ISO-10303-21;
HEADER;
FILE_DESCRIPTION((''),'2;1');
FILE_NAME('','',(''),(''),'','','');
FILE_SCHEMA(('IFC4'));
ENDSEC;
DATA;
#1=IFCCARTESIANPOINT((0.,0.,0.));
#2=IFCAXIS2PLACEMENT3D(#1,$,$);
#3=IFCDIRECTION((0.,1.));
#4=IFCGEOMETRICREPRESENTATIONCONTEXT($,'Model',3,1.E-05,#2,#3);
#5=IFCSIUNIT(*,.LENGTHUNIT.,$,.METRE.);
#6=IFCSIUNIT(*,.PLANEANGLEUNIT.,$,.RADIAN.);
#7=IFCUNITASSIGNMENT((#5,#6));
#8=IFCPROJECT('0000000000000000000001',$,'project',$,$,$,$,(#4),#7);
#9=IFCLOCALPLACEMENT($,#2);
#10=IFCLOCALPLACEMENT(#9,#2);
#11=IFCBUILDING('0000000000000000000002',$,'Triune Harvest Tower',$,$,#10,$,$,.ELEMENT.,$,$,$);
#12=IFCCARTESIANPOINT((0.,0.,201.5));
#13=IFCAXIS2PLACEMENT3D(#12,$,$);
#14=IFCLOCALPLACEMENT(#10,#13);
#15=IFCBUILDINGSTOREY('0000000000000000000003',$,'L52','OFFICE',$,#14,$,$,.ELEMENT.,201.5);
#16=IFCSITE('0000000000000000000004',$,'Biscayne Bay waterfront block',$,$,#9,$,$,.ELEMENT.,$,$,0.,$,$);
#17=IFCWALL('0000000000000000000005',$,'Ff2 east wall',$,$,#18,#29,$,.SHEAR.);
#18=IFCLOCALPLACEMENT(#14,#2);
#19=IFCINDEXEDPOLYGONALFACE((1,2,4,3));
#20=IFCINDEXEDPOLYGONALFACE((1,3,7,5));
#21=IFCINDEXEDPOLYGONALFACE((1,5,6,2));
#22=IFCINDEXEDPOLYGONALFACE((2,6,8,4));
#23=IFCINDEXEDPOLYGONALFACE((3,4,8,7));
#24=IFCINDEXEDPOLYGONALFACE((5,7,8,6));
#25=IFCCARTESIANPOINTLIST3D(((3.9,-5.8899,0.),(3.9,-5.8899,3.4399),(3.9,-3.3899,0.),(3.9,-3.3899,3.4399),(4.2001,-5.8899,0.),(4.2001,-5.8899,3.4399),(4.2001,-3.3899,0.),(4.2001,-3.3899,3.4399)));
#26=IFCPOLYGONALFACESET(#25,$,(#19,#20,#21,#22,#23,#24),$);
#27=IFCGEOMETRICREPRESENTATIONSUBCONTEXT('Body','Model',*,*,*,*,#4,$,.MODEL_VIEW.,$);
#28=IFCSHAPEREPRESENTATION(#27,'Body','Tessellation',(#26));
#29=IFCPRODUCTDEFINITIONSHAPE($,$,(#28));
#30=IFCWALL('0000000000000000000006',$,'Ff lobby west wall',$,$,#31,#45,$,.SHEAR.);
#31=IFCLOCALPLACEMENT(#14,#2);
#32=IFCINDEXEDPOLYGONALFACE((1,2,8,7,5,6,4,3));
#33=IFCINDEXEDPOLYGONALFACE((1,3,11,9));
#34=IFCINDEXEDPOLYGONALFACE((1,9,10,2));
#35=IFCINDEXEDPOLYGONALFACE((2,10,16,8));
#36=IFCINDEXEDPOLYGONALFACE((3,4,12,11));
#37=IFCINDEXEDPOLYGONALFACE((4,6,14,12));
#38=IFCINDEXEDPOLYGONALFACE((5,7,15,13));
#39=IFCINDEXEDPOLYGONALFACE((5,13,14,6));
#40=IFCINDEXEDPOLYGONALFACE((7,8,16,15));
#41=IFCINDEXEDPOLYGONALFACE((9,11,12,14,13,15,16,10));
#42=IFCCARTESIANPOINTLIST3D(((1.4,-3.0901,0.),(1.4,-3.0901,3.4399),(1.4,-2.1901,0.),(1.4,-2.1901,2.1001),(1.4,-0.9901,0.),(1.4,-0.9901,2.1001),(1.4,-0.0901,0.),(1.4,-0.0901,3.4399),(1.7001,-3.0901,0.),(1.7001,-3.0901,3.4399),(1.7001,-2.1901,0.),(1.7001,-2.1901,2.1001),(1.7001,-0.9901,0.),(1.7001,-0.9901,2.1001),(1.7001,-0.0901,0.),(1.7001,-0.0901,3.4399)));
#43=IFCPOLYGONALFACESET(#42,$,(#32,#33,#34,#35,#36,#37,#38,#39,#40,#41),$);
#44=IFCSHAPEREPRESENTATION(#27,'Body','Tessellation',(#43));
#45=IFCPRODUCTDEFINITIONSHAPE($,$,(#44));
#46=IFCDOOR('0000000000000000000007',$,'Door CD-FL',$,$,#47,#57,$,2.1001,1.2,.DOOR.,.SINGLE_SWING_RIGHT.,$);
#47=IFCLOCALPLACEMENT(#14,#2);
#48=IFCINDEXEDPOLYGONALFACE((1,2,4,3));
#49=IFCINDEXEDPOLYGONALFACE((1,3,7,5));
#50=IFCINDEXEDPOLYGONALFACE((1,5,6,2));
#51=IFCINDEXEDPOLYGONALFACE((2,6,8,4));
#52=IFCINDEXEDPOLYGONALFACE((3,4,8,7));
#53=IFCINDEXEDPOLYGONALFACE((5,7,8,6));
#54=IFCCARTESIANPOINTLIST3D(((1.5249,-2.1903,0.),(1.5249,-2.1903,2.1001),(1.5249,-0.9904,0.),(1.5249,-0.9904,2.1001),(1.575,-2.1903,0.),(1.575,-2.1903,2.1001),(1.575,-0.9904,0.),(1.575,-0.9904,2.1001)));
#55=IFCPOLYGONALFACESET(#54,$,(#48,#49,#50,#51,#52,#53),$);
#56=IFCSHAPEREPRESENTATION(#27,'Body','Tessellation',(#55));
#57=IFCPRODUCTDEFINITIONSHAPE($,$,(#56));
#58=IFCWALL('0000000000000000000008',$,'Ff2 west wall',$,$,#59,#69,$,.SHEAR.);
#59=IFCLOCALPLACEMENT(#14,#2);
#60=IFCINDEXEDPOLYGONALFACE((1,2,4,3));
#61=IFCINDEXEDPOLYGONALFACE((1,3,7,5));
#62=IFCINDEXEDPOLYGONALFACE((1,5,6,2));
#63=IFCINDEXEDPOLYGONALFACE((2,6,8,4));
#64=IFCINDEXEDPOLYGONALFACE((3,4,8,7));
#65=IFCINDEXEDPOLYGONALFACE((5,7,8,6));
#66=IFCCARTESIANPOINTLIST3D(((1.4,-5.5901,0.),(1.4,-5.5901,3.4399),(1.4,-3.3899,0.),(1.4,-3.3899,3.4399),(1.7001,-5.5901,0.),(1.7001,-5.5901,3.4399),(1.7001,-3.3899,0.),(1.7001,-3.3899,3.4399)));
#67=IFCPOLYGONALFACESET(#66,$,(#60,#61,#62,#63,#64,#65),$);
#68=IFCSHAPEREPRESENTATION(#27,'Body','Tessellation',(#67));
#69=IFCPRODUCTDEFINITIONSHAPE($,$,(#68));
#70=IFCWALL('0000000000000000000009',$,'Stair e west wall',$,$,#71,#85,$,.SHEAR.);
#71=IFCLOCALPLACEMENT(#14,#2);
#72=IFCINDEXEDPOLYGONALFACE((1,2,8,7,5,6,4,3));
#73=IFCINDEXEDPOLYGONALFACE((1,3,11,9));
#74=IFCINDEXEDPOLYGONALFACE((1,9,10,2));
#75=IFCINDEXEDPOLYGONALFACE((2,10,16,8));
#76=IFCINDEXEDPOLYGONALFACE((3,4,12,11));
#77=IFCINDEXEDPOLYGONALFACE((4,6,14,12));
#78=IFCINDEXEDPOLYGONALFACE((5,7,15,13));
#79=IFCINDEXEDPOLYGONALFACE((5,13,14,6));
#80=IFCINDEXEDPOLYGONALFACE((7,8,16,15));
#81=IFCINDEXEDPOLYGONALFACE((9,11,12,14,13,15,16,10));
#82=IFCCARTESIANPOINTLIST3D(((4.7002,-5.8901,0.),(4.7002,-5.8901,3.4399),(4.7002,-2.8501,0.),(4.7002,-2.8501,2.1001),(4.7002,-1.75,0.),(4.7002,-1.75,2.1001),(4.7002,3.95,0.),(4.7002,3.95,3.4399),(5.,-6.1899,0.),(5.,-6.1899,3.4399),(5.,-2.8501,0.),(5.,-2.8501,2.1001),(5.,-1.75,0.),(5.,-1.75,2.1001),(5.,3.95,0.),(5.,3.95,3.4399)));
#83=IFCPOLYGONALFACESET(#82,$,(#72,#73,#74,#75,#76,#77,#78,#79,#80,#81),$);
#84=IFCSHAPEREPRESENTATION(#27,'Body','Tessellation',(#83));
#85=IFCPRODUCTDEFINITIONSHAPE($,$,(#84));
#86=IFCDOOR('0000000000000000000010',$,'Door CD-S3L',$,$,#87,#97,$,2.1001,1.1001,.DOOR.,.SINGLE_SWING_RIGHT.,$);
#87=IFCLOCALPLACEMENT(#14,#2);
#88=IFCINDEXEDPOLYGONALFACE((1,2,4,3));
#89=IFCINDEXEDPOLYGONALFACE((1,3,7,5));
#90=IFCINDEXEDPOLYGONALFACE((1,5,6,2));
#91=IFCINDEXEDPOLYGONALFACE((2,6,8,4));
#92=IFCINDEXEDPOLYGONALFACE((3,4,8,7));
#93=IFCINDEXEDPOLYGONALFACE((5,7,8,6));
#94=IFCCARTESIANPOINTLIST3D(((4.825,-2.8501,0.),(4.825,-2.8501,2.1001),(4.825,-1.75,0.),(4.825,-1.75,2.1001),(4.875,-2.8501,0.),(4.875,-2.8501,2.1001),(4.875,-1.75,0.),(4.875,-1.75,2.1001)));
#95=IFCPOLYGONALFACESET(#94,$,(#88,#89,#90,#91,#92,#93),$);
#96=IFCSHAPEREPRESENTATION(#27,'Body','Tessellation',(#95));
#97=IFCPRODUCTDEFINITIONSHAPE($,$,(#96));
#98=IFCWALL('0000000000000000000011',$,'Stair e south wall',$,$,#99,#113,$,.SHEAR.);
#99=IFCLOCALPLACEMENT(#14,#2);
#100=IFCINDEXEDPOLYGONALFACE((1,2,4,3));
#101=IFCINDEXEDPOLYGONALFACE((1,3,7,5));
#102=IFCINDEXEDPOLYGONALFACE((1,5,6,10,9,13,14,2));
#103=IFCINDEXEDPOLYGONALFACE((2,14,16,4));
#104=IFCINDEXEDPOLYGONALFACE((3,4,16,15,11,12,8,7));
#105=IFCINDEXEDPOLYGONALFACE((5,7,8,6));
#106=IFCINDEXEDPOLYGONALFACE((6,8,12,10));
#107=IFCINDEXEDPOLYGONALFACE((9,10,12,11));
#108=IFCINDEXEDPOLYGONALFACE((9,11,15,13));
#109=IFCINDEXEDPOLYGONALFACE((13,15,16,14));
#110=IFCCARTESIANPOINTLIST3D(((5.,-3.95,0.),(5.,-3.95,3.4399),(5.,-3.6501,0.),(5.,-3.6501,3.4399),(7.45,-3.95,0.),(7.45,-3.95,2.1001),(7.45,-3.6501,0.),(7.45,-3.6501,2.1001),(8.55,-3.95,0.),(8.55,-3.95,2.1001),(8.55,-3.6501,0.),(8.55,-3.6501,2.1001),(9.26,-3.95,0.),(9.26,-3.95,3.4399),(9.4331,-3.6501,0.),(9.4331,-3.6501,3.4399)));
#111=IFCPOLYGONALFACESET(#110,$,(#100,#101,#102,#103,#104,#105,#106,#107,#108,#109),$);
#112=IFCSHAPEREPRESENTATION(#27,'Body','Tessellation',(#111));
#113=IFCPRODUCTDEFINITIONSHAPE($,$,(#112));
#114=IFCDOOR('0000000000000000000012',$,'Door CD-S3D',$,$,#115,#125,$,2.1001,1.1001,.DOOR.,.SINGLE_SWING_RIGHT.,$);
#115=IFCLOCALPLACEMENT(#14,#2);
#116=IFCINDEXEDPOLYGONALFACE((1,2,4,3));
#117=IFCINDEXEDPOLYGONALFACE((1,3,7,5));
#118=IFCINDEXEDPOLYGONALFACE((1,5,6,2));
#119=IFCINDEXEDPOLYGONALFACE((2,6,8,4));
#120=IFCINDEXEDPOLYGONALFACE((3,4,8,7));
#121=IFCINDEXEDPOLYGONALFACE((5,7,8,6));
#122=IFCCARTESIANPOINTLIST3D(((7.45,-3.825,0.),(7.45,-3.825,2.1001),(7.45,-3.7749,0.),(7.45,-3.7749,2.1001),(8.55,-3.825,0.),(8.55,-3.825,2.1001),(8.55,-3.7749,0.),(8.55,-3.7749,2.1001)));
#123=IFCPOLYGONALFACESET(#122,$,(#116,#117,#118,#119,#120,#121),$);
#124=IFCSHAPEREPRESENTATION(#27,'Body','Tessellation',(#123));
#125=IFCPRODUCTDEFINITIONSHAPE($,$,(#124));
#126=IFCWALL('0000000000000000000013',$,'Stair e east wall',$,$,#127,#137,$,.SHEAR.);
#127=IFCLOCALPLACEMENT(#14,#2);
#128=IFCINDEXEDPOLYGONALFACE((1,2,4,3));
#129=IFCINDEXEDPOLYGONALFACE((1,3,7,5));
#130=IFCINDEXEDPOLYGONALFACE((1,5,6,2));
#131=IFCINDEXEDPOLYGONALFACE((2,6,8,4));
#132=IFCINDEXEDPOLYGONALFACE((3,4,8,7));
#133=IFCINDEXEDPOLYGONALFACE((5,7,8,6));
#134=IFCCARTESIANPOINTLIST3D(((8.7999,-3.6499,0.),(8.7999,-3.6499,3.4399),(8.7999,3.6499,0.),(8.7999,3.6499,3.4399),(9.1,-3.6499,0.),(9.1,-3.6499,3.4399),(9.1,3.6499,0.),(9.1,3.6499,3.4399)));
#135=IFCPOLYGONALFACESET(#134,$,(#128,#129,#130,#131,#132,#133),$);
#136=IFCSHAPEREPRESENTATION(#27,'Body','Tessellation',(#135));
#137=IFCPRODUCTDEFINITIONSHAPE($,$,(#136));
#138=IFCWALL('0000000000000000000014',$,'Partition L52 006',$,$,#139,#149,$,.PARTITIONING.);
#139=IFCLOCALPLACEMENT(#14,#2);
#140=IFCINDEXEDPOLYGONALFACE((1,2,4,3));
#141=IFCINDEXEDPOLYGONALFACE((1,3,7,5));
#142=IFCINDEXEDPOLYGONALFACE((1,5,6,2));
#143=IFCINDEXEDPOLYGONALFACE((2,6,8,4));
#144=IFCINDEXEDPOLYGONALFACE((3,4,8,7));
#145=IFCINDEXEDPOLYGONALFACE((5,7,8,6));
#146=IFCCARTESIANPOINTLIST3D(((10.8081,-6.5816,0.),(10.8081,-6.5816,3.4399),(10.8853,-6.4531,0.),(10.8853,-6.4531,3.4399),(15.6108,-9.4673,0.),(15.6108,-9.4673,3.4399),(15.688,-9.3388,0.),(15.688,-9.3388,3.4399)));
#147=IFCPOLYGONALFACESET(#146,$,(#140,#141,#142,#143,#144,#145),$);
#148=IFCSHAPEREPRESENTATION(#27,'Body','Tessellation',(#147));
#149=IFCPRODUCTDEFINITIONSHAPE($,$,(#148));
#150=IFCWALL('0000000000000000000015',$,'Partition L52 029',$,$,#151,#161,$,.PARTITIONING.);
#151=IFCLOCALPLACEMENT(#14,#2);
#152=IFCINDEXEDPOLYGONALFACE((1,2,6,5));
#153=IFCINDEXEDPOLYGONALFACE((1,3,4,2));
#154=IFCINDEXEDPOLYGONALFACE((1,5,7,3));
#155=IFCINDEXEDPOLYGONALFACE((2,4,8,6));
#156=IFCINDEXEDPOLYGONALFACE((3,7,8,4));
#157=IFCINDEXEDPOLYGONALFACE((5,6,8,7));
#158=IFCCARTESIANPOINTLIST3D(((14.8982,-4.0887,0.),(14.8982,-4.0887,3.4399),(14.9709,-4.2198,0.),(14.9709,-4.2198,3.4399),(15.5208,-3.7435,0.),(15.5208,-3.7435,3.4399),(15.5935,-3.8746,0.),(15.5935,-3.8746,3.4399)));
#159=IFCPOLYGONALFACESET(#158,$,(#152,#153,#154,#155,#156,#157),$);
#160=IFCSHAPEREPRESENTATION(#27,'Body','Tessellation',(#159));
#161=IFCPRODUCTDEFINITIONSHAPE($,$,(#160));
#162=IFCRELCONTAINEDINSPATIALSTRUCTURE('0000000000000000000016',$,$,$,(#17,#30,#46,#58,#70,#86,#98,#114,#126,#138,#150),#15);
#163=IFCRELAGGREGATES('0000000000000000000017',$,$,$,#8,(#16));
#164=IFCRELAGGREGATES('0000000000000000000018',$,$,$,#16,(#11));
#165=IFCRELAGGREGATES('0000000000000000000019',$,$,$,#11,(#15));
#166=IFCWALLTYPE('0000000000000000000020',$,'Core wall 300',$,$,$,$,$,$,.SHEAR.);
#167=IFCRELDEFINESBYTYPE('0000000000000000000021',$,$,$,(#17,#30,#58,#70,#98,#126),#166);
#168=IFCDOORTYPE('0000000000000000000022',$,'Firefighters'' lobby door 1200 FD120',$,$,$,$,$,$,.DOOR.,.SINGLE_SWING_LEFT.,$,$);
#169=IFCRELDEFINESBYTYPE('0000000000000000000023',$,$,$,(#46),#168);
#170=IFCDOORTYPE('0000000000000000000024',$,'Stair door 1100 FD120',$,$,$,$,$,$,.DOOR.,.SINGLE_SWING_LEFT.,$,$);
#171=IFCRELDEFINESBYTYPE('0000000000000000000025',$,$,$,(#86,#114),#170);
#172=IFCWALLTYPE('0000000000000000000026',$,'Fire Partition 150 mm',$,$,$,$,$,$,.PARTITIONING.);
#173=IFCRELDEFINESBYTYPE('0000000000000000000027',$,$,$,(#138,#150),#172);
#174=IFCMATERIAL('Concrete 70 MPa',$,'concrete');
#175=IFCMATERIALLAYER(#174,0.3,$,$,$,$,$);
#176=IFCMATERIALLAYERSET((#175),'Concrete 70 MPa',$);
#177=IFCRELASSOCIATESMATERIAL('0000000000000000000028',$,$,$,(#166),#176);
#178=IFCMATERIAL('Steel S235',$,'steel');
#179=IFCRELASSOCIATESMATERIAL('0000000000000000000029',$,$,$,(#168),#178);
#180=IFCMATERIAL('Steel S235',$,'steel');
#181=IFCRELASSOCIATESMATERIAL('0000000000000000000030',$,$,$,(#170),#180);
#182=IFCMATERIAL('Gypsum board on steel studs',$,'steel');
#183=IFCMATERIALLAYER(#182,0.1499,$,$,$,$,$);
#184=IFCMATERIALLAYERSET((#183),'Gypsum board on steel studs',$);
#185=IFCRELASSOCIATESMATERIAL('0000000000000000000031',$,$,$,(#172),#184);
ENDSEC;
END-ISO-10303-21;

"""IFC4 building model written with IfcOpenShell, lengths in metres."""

from ifc_helpers import new_model, si_unit, direction, frame, frame_2d, origin, place, context, subcontext, project, spatial, polyline, rectangle, outline, extrude, source, transform, mapped, material, layer, layer_set, type_object, element, fill, save


model = new_model("IFC4")

# Units and contexts
model_context = context("Model", 3, precision=1e-05, world=origin(), true_north=direction((0.0, 1.0)))
body_context = subcontext(model_context, "Body", "Model", "MODEL_VIEW")
ifc_project = project(units=[si_unit("LENGTHUNIT", "METRE"), si_unit("PLANEANGLEUNIT", "RADIAN")], contexts=[model_context])

# Site, building, storey
site_placement = place(None, origin())
site = spatial("IfcSite", under=ifc_project, at=site_placement, Name="Biscayne Bay waterfront block", CompositionType="ELEMENT", RefElevation=0.0)
building_placement = place(site_placement, origin())
building = spatial("IfcBuilding", under=site, at=building_placement, Name="Triune Harvest Tower", CompositionType="ELEMENT")
storey_placement = place(building_placement, frame((0.0, 0.0, 201.5)))
storey = spatial("IfcBuildingStorey", under=building, at=storey_placement, Name="L52", Description="OFFICE", CompositionType="ELEMENT", Elevation=201.5)

# Wall
ifc_material_1 = material(Name="Concrete 70 MPa", Category="concrete")
ifc_layer_1 = layer(ifc_material_1, 0.3)
ifc_layer_set_1 = layer_set([ifc_layer_1], Name="Concrete 70 MPa")
wall_type_1 = type_object("IfcWallType", Name="Core wall 300", PredefinedType="SHEAR", material=ifc_layer_set_1)
shared_shape_1 = source(origin(), body_context, "Body", "SweptSolid", [
    extrude(rectangle(XDim=2.5, YDim=0.3, at=frame_2d((1.25, 0.0))), origin(), (0.0, 0.0, 1.0), 3.4399),
])
wall_1_placement = place(storey_placement, frame((4.05, -5.8899, 0.0), z_axis=(0.0, 0.0, 1.0), x_axis=(0.0, 1.0, 0.0)))
element("IfcWall", 1, at=wall_1_placement, inside=storey, type_object=wall_type_1, Name="Ff2 east wall", PredefinedType="SHEAR", context=body_context, shape_type="MappedRepresentation", body=[
    mapped(shared_shape_1, transform((0.0, 0.0, 0.0), scale=1.0)),
])

# Wall, opening, door
shared_shape_2 = source(origin(), body_context, "Body", "SweptSolid", [
    extrude(rectangle(XDim=3.0, YDim=0.3, at=frame_2d((1.5, 0.0))), origin(), (0.0, 0.0, 1.0), 3.4399),
])
wall_2_placement = place(storey_placement, frame((1.55, -3.0901, 0.0), z_axis=(0.0, 0.0, 1.0), x_axis=(0.0, 1.0, 0.0)))
wall_2 = element("IfcWall", 2, at=wall_2_placement, inside=storey, type_object=wall_type_1, Name="Ff lobby west wall", PredefinedType="SHEAR", context=body_context, shape_type="MappedRepresentation", body=[
    mapped(shared_shape_2, transform((0.0, 0.0, 0.0), scale=1.0)),
])
opening_1_placement = place(wall_2_placement, frame((0.8999, 0.0, 0.0)))
opening_1 = element("IfcOpeningElement", 3, at=opening_1_placement, cuts=wall_2, PredefinedType="OPENING", context=body_context, shape_type="SweptSolid", body=[
    extrude(rectangle(XDim=1.2, YDim=2.1001, at=frame_2d((0.6001, 1.05))), frame((0.0, 0.1602, 0.0), z_axis=(0.0, -1.0, 0.0), x_axis=(1.0, 0.0, 0.0)), (0.0, 0.0, 1.0), 0.3201),
])
ifc_material_2 = material(Name="Steel S235", Category="steel")
door_type_1 = type_object("IfcDoorType", Name="Firefighters' lobby door 1200 FD120", OperationType="SINGLE_SWING_LEFT", PredefinedType="DOOR", material=ifc_material_2)
door_1_placement = place(opening_1_placement, frame((1.2, 0.0, 0.0), z_axis=(0.0, 0.0, 1.0), x_axis=(-1.0, 0.0, 0.0)))
door_1 = element("IfcDoor", 4, at=door_1_placement, inside=storey, type_object=door_type_1, Name="Door CD-FL", OperationType="SINGLE_SWING_RIGHT", OverallHeight=2.1001, OverallWidth=1.2, PredefinedType="DOOR", context=body_context, shape_type="SweptSolid", body=[
    extrude(rectangle(XDim=1.2, YDim=2.1001, at=frame_2d((0.6001, 1.05))), frame((0.0, 0.0249, 0.0), z_axis=(0.0, -1.0, 0.0), x_axis=(1.0, 0.0, 0.0)), (0.0, 0.0, 1.0), 0.05),
])
fill(opening_1, door_1)

# Wall
shared_shape_3 = source(origin(), body_context, "Body", "SweptSolid", [
    extrude(rectangle(XDim=2.2002, YDim=0.3, at=frame_2d((1.1001, 0.0))), origin(), (0.0, 0.0, 1.0), 3.4399),
])
wall_3_placement = place(storey_placement, frame((1.55, -5.5901, 0.0), z_axis=(0.0, 0.0, 1.0), x_axis=(0.0, 1.0, 0.0)))
element("IfcWall", 5, at=wall_3_placement, inside=storey, type_object=wall_type_1, Name="Ff2 west wall", PredefinedType="SHEAR", context=body_context, shape_type="MappedRepresentation", body=[
    mapped(shared_shape_3, transform((0.0, 0.0, 0.0), scale=1.0)),
])

# Walls, openings, doors
shared_shape_4 = source(origin(), body_context, "Body", "SweptSolid", [
    extrude(outline(polyline([(-0.1499, -0.1499), (9.99, -0.1499), (9.99, 0.1499), (0.1499, 0.1499), (-0.1499, -0.1499)])), origin(), (0.0, 0.0, 1.0), 3.4399),
])
wall_4_placement = place(storey_placement, frame((4.8501, -6.04, 0.0), z_axis=(0.0, 0.0, 1.0), x_axis=(0.0, 1.0, 0.0)))
wall_4 = element("IfcWall", 6, at=wall_4_placement, inside=storey, type_object=wall_type_1, Name="Stair e west wall", PredefinedType="SHEAR", context=body_context, shape_type="MappedRepresentation", body=[
    mapped(shared_shape_4, transform((0.0, 0.0, 0.0), scale=1.0)),
])
opening_2_placement = place(wall_4_placement, frame((3.1899, 0.0, 0.0)))
opening_2 = element("IfcOpeningElement", 7, at=opening_2_placement, cuts=wall_4, PredefinedType="OPENING", context=body_context, shape_type="SweptSolid", body=[
    extrude(rectangle(XDim=1.1001, YDim=2.1001, at=frame_2d((0.55, 1.05))), frame((0.0, 0.1602, 0.0), z_axis=(0.0, -1.0, 0.0), x_axis=(1.0, 0.0, 0.0)), (0.0, 0.0, 1.0), 0.3201),
])
ifc_material_3 = material(Name="Steel S235", Category="steel")
door_type_2 = type_object("IfcDoorType", Name="Stair door 1100 FD120", OperationType="SINGLE_SWING_LEFT", PredefinedType="DOOR", material=ifc_material_3)
door_2_placement = place(opening_2_placement, frame((1.1001, 0.0, 0.0), z_axis=(0.0, 0.0, 1.0), x_axis=(-1.0, 0.0, 0.0)))
door_2 = element("IfcDoor", 8, at=door_2_placement, inside=storey, type_object=door_type_2, Name="Door CD-S3L", OperationType="SINGLE_SWING_RIGHT", OverallHeight=2.1001, OverallWidth=1.1001, PredefinedType="DOOR", context=body_context, shape_type="SweptSolid", body=[
    extrude(rectangle(XDim=1.1001, YDim=2.1001, at=frame_2d((0.55, 1.05))), frame((0.0, 0.0249, 0.0), z_axis=(0.0, -1.0, 0.0), x_axis=(1.0, 0.0, 0.0)), (0.0, 0.0, 1.0), 0.05),
])
fill(opening_2, door_2)
shared_shape_5 = source(origin(), body_context, "Body", "SweptSolid", [
    extrude(outline(polyline([(0.0, -0.1499), (0.0, 0.1499), (4.4331, 0.1499), (4.26, -0.1499), (0.0, -0.1499)])), origin(), (0.0, 0.0, 1.0), 3.4399),
])
wall_5_placement = place(storey_placement, frame((5.0, -3.8, 0.0), z_axis=(0.0, 0.0, 1.0), x_axis=(1.0, 0.0, 0.0)))
wall_5 = element("IfcWall", 9, at=wall_5_placement, inside=storey, type_object=wall_type_1, Name="Stair e south wall", PredefinedType="SHEAR", context=body_context, shape_type="MappedRepresentation", body=[
    mapped(shared_shape_5, transform((0.0, 0.0, 0.0), scale=1.0)),
])
opening_3_placement = place(wall_5_placement, frame((2.45, 0.0, 0.0)))
opening_3 = element("IfcOpeningElement", 10, at=opening_3_placement, cuts=wall_5, PredefinedType="OPENING", context=body_context, shape_type="SweptSolid", body=[
    extrude(rectangle(XDim=1.1001, YDim=2.1001, at=frame_2d((0.55, 1.05))), frame((0.0, 0.1602, 0.0), z_axis=(0.0, -1.0, 0.0), x_axis=(1.0, 0.0, 0.0)), (0.0, 0.0, 1.0), 0.3201),
])
door_3_placement = place(opening_3_placement, frame((1.1001, 0.0, 0.0), z_axis=(0.0, 0.0, 1.0), x_axis=(-1.0, 0.0, 0.0)))
door_3 = element("IfcDoor", 11, at=door_3_placement, inside=storey, type_object=door_type_2, Name="Door CD-S3D", OperationType="SINGLE_SWING_RIGHT", OverallHeight=2.1001, OverallWidth=1.1001, PredefinedType="DOOR", context=body_context, shape_type="SweptSolid", body=[
    extrude(rectangle(XDim=1.1001, YDim=2.1001, at=frame_2d((0.55, 1.05))), frame((0.0, 0.0249, 0.0), z_axis=(0.0, -1.0, 0.0), x_axis=(1.0, 0.0, 0.0)), (0.0, 0.0, 1.0), 0.05),
])
fill(opening_3, door_3)

# Walls
shared_shape_6 = source(origin(), body_context, "Body", "SweptSolid", [
    extrude(rectangle(XDim=7.2998, YDim=0.3, at=frame_2d((3.6499, 0.0))), origin(), (0.0, 0.0, 1.0), 3.4399),
])
wall_6_placement = place(storey_placement, frame((8.95, -3.6499, 0.0), z_axis=(0.0, 0.0, 1.0), x_axis=(0.0, 1.0, 0.0)))
element("IfcWall", 12, at=wall_6_placement, inside=storey, type_object=wall_type_1, Name="Stair e east wall", PredefinedType="SHEAR", context=body_context, shape_type="MappedRepresentation", body=[
    mapped(shared_shape_6, transform((0.0, 0.0, 0.0), scale=1.0)),
])
ifc_material_4 = material(Name="Gypsum board on steel studs", Category="steel")
ifc_layer_2 = layer(ifc_material_4, 0.1499)
ifc_layer_set_2 = layer_set([ifc_layer_2], Name="Gypsum board on steel studs")
wall_type_2 = type_object("IfcWallType", Name="Fire Partition 150 mm", PredefinedType="PARTITIONING", material=ifc_layer_set_2)
shared_shape_7 = source(origin(), body_context, "Body", "SweptSolid", [
    extrude(rectangle(XDim=5.603, YDim=0.1499, at=frame_2d((2.8015, 0.0))), origin(), (0.0, 0.0, 1.0), 3.4399),
])
wall_7_placement = place(storey_placement, frame((10.8467, -6.5173, 0.0), z_axis=(0.0, 0.0, 1.0), x_axis=(0.85717, -0.515034, 0.0)))
element("IfcWall", 13, at=wall_7_placement, inside=storey, type_object=wall_type_2, Name="Partition L52 006", PredefinedType="PARTITIONING", context=body_context, shape_type="MappedRepresentation", body=[
    mapped(shared_shape_7, transform((0.0, 0.0, 0.0), scale=1.0)),
])
shared_shape_8 = source(origin(), body_context, "Body", "SweptSolid", [
    extrude(rectangle(XDim=0.7119, YDim=0.1499, at=frame_2d((0.356, 0.0))), origin(), (0.0, 0.0, 1.0), 3.4399),
])
wall_8_placement = place(storey_placement, frame((14.9346, -4.1543, 0.0), z_axis=(0.0, 0.0, 1.0), x_axis=(0.874545, 0.484944, 0.0)))
element("IfcWall", 14, at=wall_8_placement, inside=storey, type_object=wall_type_2, Name="Partition L52 029", PredefinedType="PARTITIONING", context=body_context, shape_type="MappedRepresentation", body=[
    mapped(shared_shape_8, transform((0.0, 0.0, 0.0), scale=1.0)),
])

save(model, "model.ifc")
